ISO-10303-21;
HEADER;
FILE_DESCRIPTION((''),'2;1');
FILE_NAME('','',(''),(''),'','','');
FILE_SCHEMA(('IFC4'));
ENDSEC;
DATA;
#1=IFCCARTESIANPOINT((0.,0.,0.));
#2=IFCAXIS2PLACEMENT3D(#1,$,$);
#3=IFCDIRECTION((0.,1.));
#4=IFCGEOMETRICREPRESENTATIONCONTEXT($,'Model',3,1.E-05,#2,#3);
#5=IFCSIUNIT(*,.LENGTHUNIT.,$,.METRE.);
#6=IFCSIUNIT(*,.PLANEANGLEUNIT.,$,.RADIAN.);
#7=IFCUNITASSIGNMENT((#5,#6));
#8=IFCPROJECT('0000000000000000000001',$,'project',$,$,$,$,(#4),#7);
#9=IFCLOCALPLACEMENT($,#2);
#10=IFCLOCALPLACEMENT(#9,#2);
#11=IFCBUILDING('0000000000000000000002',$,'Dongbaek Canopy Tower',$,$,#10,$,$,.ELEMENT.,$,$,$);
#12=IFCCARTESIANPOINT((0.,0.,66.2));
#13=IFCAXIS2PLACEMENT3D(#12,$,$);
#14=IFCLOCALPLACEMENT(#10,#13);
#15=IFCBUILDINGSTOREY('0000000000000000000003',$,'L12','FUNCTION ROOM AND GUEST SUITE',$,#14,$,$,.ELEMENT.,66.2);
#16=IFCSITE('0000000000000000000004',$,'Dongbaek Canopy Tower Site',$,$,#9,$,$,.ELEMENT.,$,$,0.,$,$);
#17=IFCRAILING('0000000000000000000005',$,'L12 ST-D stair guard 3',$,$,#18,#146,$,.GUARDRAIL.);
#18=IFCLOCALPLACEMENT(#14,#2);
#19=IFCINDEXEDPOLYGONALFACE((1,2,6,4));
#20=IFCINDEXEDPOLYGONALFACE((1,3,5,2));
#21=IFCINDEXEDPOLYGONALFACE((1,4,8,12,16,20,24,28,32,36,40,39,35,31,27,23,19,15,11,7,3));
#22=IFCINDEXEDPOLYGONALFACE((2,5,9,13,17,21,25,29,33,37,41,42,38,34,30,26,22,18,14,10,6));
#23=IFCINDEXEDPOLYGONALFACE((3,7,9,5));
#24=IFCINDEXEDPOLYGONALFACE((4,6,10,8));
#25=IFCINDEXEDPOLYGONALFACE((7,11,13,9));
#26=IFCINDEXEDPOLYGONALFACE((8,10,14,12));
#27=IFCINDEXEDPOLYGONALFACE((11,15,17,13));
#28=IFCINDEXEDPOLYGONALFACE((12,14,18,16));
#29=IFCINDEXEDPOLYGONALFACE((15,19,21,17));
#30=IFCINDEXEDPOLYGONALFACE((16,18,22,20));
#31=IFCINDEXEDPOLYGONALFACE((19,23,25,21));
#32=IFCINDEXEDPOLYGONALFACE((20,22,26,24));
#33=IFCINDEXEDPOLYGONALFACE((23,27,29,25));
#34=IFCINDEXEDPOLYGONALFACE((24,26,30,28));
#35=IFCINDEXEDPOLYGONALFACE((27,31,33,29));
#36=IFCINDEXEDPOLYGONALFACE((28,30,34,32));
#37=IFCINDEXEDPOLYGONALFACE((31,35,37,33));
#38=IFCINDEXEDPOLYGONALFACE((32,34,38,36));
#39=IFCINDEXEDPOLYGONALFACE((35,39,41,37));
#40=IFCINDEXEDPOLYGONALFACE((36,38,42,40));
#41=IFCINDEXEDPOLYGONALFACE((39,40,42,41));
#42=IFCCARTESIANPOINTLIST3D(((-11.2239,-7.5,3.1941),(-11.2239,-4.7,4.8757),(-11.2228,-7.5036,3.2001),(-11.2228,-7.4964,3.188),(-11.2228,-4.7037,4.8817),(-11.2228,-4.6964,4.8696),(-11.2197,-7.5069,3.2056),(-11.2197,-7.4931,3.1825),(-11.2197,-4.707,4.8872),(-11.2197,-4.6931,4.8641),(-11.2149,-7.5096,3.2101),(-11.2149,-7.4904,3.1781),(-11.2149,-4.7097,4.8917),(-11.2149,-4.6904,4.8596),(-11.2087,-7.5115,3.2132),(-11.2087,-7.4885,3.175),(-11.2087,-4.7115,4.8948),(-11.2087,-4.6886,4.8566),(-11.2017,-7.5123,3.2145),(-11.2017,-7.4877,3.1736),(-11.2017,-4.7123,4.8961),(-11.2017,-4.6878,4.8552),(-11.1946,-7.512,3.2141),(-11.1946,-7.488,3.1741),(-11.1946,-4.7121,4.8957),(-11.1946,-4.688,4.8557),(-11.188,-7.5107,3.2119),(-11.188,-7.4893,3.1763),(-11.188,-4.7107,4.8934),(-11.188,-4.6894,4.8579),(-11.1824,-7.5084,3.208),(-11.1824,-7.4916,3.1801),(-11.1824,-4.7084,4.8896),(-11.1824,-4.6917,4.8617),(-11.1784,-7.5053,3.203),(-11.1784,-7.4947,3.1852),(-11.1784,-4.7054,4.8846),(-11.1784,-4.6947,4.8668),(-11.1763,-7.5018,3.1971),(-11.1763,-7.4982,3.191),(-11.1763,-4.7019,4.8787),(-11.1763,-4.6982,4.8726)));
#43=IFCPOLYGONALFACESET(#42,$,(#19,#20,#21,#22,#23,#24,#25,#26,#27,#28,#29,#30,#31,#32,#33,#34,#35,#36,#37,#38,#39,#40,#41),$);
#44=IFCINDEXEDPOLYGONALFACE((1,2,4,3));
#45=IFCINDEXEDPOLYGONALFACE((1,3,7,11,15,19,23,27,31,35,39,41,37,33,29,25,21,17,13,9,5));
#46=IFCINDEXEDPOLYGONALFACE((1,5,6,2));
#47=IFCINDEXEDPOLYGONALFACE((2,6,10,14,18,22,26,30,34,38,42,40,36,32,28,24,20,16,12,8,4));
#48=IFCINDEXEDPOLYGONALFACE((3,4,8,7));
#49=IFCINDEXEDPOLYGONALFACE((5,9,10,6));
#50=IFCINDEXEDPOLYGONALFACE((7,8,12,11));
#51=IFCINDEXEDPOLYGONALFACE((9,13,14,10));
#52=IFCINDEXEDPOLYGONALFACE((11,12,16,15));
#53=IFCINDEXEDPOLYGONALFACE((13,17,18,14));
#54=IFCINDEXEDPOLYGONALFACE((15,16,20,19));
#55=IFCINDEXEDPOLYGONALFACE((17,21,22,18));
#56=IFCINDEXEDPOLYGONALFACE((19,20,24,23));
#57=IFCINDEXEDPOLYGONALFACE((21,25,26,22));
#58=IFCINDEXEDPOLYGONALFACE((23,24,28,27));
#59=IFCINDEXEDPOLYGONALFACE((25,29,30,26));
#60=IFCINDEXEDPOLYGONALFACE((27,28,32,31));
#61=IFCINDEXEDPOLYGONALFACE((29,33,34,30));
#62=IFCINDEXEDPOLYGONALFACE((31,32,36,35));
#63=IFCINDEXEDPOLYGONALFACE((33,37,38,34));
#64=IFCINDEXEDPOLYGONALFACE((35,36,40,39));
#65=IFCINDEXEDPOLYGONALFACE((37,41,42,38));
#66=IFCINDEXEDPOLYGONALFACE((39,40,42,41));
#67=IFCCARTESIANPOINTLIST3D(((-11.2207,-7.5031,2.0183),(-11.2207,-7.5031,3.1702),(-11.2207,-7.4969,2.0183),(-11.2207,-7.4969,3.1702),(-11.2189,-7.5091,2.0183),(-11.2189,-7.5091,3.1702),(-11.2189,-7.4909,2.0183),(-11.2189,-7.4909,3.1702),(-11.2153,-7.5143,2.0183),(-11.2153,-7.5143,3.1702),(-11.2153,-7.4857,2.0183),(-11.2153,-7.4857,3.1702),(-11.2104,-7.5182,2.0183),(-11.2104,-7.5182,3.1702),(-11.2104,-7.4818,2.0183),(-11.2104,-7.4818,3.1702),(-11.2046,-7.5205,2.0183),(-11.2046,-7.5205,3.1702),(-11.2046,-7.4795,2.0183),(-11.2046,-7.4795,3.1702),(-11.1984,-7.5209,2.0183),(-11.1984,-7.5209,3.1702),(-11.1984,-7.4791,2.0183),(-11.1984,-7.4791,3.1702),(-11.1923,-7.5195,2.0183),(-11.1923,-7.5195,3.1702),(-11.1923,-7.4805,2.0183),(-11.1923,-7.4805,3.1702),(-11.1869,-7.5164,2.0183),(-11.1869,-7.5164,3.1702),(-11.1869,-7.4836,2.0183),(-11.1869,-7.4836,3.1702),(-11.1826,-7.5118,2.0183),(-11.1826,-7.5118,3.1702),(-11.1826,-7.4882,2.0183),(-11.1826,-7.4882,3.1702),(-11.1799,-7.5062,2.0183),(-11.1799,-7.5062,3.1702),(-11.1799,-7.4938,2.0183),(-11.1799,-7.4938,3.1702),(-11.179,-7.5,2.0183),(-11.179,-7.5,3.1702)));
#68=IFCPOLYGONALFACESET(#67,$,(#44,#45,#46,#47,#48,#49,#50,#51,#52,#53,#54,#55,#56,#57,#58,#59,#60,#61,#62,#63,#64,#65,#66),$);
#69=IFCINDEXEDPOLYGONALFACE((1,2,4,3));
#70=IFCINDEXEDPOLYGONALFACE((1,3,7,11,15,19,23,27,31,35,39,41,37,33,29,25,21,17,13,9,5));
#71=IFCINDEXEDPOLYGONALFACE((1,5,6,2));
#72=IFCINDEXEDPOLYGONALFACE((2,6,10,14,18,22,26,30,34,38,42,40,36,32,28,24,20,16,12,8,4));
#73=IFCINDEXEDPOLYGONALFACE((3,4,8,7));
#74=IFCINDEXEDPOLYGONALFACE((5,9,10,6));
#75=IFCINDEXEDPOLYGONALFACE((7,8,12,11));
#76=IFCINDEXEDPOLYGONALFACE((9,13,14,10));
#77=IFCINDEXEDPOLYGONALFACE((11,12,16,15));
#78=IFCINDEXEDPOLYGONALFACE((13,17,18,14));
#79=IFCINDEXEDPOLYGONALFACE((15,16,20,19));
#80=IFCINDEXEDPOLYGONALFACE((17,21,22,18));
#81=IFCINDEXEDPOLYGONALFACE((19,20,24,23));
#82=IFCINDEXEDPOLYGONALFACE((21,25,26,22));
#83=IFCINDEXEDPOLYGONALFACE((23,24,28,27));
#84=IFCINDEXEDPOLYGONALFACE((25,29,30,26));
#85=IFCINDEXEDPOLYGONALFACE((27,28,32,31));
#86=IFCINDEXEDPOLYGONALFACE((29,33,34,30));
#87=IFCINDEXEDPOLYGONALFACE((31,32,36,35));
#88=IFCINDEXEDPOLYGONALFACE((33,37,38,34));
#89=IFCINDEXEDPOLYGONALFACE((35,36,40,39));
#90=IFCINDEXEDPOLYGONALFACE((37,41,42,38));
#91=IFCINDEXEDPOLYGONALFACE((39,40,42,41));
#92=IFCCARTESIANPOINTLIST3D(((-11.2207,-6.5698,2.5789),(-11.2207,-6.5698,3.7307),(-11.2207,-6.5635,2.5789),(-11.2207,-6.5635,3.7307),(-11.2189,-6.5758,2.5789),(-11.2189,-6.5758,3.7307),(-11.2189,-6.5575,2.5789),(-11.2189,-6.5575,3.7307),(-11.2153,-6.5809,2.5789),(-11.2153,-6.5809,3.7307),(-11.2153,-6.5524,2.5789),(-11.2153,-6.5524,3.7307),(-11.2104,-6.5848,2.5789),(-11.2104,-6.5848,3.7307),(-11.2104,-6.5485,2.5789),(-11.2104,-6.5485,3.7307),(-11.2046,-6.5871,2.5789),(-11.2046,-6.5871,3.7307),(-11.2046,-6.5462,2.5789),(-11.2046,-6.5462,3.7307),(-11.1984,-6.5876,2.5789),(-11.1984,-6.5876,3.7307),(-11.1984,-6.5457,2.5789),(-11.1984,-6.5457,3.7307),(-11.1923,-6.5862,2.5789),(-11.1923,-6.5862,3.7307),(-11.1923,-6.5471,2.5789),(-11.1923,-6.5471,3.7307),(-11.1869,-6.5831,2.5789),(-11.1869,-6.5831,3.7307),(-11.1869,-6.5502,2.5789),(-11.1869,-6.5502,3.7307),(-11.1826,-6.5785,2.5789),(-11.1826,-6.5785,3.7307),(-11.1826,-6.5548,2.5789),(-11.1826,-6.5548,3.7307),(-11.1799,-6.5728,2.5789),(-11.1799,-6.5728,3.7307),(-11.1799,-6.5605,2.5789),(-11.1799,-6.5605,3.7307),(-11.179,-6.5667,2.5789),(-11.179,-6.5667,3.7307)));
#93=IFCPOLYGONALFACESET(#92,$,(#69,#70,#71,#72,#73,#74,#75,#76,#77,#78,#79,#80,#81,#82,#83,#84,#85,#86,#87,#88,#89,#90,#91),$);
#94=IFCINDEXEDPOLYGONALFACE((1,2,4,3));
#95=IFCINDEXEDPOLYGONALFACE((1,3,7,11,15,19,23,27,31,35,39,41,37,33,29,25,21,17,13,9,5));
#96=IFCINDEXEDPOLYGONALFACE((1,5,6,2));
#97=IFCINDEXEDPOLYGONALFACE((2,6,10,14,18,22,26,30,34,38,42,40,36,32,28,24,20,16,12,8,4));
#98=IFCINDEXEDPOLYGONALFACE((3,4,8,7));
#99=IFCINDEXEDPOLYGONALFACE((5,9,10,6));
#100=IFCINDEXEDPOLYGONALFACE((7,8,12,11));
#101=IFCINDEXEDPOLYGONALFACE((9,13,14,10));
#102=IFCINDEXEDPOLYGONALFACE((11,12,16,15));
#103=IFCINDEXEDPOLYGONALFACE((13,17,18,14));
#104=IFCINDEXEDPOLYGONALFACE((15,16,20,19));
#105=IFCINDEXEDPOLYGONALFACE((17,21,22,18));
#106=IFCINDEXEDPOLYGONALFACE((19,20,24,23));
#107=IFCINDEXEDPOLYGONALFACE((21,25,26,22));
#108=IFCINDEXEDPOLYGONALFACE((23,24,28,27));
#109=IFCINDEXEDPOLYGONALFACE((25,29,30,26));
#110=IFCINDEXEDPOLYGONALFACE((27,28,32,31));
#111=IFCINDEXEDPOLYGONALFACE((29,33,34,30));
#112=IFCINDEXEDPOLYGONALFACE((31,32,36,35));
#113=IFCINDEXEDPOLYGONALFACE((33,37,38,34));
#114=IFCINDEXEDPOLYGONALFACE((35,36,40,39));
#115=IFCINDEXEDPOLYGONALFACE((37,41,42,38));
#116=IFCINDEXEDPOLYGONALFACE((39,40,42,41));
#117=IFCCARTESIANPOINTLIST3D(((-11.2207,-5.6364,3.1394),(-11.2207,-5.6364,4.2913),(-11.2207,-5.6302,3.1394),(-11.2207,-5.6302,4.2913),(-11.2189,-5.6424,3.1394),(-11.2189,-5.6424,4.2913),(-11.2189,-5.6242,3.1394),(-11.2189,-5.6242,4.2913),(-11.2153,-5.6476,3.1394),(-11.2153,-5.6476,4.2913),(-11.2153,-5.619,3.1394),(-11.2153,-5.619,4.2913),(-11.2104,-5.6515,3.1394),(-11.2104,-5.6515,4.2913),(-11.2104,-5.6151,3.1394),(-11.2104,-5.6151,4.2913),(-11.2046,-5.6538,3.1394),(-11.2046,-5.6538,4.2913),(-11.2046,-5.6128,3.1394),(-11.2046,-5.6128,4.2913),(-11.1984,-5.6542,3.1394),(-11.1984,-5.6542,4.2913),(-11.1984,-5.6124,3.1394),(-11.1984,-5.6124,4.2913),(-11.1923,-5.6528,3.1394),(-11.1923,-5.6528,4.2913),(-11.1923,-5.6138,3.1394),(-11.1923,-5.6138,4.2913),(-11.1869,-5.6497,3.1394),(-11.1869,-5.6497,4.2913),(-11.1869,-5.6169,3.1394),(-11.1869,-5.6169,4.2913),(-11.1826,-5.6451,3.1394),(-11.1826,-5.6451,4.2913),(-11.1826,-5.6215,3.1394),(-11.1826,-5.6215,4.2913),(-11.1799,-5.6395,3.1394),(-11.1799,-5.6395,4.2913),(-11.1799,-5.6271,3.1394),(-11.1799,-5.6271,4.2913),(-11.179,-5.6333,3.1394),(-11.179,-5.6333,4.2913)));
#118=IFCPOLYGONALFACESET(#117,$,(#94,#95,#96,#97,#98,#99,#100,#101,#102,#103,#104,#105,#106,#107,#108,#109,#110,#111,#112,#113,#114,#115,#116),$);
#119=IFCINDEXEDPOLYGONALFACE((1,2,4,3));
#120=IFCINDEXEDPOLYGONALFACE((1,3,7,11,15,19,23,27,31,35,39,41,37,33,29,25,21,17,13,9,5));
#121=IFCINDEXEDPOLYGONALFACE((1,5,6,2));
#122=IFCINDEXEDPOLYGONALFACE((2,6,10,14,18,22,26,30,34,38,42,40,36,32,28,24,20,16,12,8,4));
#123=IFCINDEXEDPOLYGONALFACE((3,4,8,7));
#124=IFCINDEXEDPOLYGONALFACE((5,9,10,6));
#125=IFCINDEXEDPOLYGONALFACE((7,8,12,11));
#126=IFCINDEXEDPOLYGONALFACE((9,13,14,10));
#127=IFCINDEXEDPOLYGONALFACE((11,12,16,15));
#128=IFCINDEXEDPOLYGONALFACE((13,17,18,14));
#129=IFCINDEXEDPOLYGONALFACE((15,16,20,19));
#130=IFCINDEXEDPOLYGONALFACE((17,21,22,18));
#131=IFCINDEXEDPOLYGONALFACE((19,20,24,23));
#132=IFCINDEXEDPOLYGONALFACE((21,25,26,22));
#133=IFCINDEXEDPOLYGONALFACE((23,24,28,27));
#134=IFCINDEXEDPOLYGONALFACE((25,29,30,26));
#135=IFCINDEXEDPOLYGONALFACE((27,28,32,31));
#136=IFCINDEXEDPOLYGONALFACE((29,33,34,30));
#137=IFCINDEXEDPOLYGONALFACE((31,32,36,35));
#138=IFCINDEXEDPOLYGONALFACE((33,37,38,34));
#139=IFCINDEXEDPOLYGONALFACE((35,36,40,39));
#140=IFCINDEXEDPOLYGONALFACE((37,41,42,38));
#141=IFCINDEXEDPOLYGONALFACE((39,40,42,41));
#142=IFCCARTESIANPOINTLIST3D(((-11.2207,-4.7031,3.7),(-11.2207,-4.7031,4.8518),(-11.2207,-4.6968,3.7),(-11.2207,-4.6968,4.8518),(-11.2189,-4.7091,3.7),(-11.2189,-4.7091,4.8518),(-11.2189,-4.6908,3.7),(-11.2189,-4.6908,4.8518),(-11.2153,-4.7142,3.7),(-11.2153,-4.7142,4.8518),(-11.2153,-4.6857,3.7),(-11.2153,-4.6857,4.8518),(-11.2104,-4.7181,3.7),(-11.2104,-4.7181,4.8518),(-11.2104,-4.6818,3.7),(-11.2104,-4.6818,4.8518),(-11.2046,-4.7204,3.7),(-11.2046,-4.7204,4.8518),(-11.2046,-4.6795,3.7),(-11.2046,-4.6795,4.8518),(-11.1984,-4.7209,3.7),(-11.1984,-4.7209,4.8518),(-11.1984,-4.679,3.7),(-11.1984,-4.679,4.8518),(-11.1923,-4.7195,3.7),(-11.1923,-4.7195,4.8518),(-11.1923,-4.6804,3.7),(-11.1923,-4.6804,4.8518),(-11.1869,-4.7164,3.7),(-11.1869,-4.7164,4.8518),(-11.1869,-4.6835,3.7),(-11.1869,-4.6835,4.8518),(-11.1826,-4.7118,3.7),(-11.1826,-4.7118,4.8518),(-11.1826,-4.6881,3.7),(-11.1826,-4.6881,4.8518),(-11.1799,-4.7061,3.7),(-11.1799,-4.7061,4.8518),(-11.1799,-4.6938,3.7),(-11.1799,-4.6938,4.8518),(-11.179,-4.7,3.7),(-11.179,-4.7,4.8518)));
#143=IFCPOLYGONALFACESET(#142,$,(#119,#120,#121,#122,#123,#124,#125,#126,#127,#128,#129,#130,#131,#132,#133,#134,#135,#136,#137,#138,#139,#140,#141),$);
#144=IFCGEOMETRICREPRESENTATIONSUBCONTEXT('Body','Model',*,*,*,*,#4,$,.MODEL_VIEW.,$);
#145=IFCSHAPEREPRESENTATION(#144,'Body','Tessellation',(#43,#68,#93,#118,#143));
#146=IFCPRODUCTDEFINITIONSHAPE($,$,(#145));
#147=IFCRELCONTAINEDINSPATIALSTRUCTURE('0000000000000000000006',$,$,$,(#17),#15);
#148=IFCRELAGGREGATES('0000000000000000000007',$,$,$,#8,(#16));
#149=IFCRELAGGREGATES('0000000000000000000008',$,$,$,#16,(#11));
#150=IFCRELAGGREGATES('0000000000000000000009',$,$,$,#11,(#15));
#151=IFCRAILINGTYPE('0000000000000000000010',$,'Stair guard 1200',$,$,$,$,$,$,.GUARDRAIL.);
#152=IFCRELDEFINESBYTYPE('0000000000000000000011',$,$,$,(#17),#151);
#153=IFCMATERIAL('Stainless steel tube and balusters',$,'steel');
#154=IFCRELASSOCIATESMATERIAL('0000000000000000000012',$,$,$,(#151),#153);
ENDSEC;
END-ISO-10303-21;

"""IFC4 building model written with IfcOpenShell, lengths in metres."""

from ifc_helpers import new_model, si_unit, direction, frame, origin, origin_2d, place, context, subcontext, project, spatial, circle, extrude, material, type_object, element, save


model = new_model("IFC4")

# Units and contexts
model_context = context("Model", 3, precision=1e-05, world=origin(), true_north=direction((0.0, 1.0)))
body_context = subcontext(model_context, "Body", "Model", "MODEL_VIEW")
ifc_project = project(units=[si_unit("LENGTHUNIT", "METRE"), si_unit("PLANEANGLEUNIT", "RADIAN")], contexts=[model_context])

# Site, building, storey
site_placement = place(None, origin())
site = spatial("IfcSite", under=ifc_project, at=site_placement, Name="Dongbaek Canopy Tower Site", CompositionType="ELEMENT", RefElevation=0.0)
building_placement = place(site_placement, origin())
building = spatial("IfcBuilding", under=site, at=building_placement, Name="Dongbaek Canopy Tower", CompositionType="ELEMENT")
storey_placement = place(building_placement, frame((0.0, 0.0, 66.2)))
storey = spatial("IfcBuildingStorey", under=building, at=storey_placement, Name="L12", Description="FUNCTION ROOM AND GUEST SUITE", CompositionType="ELEMENT", Elevation=66.2)

# Railing
ifc_material_1 = material(Name="Stainless steel tube and balusters", Category="steel")
railing_type_1 = type_object("IfcRailingType", Name="Stair guard 1200", PredefinedType="GUARDRAIL", material=ifc_material_1)
railing_1_placement = place(storey_placement, frame((-11.2, -7.5, 2.0183)))
element("IfcRailing", 1, at=railing_1_placement, inside=storey, type_object=railing_type_1, Name="L12 ST-D stair guard 3", PredefinedType="GUARDRAIL", context=body_context, shape_type="SweptSolid", body=[
    extrude(circle(Radius=0.0239, at=origin_2d()), frame((0.0, 0.0, 1.1758), z_axis=(0.0, 0.857275, 0.514858), x_axis=(-1.0, 0.0, 0.0)), (0.0, 0.0, 1.0), 3.2661),
    extrude(circle(Radius=0.021, at=origin_2d()), origin(), (0.0, 0.0, 1.0), 1.1519),
    extrude(circle(Radius=0.021, at=origin_2d()), frame((0.0, 0.9333, 0.5605)), (0.0, 0.0, 1.0), 1.1519),
    extrude(circle(Radius=0.021, at=origin_2d()), frame((0.0, 1.8667, 1.1211)), (0.0, 0.0, 1.0), 1.1519),
    extrude(circle(Radius=0.021, at=origin_2d()), frame((0.0, 2.8, 1.6816)), (0.0, 0.0, 1.0), 1.1519),
])

save(model, "model.ifc")
